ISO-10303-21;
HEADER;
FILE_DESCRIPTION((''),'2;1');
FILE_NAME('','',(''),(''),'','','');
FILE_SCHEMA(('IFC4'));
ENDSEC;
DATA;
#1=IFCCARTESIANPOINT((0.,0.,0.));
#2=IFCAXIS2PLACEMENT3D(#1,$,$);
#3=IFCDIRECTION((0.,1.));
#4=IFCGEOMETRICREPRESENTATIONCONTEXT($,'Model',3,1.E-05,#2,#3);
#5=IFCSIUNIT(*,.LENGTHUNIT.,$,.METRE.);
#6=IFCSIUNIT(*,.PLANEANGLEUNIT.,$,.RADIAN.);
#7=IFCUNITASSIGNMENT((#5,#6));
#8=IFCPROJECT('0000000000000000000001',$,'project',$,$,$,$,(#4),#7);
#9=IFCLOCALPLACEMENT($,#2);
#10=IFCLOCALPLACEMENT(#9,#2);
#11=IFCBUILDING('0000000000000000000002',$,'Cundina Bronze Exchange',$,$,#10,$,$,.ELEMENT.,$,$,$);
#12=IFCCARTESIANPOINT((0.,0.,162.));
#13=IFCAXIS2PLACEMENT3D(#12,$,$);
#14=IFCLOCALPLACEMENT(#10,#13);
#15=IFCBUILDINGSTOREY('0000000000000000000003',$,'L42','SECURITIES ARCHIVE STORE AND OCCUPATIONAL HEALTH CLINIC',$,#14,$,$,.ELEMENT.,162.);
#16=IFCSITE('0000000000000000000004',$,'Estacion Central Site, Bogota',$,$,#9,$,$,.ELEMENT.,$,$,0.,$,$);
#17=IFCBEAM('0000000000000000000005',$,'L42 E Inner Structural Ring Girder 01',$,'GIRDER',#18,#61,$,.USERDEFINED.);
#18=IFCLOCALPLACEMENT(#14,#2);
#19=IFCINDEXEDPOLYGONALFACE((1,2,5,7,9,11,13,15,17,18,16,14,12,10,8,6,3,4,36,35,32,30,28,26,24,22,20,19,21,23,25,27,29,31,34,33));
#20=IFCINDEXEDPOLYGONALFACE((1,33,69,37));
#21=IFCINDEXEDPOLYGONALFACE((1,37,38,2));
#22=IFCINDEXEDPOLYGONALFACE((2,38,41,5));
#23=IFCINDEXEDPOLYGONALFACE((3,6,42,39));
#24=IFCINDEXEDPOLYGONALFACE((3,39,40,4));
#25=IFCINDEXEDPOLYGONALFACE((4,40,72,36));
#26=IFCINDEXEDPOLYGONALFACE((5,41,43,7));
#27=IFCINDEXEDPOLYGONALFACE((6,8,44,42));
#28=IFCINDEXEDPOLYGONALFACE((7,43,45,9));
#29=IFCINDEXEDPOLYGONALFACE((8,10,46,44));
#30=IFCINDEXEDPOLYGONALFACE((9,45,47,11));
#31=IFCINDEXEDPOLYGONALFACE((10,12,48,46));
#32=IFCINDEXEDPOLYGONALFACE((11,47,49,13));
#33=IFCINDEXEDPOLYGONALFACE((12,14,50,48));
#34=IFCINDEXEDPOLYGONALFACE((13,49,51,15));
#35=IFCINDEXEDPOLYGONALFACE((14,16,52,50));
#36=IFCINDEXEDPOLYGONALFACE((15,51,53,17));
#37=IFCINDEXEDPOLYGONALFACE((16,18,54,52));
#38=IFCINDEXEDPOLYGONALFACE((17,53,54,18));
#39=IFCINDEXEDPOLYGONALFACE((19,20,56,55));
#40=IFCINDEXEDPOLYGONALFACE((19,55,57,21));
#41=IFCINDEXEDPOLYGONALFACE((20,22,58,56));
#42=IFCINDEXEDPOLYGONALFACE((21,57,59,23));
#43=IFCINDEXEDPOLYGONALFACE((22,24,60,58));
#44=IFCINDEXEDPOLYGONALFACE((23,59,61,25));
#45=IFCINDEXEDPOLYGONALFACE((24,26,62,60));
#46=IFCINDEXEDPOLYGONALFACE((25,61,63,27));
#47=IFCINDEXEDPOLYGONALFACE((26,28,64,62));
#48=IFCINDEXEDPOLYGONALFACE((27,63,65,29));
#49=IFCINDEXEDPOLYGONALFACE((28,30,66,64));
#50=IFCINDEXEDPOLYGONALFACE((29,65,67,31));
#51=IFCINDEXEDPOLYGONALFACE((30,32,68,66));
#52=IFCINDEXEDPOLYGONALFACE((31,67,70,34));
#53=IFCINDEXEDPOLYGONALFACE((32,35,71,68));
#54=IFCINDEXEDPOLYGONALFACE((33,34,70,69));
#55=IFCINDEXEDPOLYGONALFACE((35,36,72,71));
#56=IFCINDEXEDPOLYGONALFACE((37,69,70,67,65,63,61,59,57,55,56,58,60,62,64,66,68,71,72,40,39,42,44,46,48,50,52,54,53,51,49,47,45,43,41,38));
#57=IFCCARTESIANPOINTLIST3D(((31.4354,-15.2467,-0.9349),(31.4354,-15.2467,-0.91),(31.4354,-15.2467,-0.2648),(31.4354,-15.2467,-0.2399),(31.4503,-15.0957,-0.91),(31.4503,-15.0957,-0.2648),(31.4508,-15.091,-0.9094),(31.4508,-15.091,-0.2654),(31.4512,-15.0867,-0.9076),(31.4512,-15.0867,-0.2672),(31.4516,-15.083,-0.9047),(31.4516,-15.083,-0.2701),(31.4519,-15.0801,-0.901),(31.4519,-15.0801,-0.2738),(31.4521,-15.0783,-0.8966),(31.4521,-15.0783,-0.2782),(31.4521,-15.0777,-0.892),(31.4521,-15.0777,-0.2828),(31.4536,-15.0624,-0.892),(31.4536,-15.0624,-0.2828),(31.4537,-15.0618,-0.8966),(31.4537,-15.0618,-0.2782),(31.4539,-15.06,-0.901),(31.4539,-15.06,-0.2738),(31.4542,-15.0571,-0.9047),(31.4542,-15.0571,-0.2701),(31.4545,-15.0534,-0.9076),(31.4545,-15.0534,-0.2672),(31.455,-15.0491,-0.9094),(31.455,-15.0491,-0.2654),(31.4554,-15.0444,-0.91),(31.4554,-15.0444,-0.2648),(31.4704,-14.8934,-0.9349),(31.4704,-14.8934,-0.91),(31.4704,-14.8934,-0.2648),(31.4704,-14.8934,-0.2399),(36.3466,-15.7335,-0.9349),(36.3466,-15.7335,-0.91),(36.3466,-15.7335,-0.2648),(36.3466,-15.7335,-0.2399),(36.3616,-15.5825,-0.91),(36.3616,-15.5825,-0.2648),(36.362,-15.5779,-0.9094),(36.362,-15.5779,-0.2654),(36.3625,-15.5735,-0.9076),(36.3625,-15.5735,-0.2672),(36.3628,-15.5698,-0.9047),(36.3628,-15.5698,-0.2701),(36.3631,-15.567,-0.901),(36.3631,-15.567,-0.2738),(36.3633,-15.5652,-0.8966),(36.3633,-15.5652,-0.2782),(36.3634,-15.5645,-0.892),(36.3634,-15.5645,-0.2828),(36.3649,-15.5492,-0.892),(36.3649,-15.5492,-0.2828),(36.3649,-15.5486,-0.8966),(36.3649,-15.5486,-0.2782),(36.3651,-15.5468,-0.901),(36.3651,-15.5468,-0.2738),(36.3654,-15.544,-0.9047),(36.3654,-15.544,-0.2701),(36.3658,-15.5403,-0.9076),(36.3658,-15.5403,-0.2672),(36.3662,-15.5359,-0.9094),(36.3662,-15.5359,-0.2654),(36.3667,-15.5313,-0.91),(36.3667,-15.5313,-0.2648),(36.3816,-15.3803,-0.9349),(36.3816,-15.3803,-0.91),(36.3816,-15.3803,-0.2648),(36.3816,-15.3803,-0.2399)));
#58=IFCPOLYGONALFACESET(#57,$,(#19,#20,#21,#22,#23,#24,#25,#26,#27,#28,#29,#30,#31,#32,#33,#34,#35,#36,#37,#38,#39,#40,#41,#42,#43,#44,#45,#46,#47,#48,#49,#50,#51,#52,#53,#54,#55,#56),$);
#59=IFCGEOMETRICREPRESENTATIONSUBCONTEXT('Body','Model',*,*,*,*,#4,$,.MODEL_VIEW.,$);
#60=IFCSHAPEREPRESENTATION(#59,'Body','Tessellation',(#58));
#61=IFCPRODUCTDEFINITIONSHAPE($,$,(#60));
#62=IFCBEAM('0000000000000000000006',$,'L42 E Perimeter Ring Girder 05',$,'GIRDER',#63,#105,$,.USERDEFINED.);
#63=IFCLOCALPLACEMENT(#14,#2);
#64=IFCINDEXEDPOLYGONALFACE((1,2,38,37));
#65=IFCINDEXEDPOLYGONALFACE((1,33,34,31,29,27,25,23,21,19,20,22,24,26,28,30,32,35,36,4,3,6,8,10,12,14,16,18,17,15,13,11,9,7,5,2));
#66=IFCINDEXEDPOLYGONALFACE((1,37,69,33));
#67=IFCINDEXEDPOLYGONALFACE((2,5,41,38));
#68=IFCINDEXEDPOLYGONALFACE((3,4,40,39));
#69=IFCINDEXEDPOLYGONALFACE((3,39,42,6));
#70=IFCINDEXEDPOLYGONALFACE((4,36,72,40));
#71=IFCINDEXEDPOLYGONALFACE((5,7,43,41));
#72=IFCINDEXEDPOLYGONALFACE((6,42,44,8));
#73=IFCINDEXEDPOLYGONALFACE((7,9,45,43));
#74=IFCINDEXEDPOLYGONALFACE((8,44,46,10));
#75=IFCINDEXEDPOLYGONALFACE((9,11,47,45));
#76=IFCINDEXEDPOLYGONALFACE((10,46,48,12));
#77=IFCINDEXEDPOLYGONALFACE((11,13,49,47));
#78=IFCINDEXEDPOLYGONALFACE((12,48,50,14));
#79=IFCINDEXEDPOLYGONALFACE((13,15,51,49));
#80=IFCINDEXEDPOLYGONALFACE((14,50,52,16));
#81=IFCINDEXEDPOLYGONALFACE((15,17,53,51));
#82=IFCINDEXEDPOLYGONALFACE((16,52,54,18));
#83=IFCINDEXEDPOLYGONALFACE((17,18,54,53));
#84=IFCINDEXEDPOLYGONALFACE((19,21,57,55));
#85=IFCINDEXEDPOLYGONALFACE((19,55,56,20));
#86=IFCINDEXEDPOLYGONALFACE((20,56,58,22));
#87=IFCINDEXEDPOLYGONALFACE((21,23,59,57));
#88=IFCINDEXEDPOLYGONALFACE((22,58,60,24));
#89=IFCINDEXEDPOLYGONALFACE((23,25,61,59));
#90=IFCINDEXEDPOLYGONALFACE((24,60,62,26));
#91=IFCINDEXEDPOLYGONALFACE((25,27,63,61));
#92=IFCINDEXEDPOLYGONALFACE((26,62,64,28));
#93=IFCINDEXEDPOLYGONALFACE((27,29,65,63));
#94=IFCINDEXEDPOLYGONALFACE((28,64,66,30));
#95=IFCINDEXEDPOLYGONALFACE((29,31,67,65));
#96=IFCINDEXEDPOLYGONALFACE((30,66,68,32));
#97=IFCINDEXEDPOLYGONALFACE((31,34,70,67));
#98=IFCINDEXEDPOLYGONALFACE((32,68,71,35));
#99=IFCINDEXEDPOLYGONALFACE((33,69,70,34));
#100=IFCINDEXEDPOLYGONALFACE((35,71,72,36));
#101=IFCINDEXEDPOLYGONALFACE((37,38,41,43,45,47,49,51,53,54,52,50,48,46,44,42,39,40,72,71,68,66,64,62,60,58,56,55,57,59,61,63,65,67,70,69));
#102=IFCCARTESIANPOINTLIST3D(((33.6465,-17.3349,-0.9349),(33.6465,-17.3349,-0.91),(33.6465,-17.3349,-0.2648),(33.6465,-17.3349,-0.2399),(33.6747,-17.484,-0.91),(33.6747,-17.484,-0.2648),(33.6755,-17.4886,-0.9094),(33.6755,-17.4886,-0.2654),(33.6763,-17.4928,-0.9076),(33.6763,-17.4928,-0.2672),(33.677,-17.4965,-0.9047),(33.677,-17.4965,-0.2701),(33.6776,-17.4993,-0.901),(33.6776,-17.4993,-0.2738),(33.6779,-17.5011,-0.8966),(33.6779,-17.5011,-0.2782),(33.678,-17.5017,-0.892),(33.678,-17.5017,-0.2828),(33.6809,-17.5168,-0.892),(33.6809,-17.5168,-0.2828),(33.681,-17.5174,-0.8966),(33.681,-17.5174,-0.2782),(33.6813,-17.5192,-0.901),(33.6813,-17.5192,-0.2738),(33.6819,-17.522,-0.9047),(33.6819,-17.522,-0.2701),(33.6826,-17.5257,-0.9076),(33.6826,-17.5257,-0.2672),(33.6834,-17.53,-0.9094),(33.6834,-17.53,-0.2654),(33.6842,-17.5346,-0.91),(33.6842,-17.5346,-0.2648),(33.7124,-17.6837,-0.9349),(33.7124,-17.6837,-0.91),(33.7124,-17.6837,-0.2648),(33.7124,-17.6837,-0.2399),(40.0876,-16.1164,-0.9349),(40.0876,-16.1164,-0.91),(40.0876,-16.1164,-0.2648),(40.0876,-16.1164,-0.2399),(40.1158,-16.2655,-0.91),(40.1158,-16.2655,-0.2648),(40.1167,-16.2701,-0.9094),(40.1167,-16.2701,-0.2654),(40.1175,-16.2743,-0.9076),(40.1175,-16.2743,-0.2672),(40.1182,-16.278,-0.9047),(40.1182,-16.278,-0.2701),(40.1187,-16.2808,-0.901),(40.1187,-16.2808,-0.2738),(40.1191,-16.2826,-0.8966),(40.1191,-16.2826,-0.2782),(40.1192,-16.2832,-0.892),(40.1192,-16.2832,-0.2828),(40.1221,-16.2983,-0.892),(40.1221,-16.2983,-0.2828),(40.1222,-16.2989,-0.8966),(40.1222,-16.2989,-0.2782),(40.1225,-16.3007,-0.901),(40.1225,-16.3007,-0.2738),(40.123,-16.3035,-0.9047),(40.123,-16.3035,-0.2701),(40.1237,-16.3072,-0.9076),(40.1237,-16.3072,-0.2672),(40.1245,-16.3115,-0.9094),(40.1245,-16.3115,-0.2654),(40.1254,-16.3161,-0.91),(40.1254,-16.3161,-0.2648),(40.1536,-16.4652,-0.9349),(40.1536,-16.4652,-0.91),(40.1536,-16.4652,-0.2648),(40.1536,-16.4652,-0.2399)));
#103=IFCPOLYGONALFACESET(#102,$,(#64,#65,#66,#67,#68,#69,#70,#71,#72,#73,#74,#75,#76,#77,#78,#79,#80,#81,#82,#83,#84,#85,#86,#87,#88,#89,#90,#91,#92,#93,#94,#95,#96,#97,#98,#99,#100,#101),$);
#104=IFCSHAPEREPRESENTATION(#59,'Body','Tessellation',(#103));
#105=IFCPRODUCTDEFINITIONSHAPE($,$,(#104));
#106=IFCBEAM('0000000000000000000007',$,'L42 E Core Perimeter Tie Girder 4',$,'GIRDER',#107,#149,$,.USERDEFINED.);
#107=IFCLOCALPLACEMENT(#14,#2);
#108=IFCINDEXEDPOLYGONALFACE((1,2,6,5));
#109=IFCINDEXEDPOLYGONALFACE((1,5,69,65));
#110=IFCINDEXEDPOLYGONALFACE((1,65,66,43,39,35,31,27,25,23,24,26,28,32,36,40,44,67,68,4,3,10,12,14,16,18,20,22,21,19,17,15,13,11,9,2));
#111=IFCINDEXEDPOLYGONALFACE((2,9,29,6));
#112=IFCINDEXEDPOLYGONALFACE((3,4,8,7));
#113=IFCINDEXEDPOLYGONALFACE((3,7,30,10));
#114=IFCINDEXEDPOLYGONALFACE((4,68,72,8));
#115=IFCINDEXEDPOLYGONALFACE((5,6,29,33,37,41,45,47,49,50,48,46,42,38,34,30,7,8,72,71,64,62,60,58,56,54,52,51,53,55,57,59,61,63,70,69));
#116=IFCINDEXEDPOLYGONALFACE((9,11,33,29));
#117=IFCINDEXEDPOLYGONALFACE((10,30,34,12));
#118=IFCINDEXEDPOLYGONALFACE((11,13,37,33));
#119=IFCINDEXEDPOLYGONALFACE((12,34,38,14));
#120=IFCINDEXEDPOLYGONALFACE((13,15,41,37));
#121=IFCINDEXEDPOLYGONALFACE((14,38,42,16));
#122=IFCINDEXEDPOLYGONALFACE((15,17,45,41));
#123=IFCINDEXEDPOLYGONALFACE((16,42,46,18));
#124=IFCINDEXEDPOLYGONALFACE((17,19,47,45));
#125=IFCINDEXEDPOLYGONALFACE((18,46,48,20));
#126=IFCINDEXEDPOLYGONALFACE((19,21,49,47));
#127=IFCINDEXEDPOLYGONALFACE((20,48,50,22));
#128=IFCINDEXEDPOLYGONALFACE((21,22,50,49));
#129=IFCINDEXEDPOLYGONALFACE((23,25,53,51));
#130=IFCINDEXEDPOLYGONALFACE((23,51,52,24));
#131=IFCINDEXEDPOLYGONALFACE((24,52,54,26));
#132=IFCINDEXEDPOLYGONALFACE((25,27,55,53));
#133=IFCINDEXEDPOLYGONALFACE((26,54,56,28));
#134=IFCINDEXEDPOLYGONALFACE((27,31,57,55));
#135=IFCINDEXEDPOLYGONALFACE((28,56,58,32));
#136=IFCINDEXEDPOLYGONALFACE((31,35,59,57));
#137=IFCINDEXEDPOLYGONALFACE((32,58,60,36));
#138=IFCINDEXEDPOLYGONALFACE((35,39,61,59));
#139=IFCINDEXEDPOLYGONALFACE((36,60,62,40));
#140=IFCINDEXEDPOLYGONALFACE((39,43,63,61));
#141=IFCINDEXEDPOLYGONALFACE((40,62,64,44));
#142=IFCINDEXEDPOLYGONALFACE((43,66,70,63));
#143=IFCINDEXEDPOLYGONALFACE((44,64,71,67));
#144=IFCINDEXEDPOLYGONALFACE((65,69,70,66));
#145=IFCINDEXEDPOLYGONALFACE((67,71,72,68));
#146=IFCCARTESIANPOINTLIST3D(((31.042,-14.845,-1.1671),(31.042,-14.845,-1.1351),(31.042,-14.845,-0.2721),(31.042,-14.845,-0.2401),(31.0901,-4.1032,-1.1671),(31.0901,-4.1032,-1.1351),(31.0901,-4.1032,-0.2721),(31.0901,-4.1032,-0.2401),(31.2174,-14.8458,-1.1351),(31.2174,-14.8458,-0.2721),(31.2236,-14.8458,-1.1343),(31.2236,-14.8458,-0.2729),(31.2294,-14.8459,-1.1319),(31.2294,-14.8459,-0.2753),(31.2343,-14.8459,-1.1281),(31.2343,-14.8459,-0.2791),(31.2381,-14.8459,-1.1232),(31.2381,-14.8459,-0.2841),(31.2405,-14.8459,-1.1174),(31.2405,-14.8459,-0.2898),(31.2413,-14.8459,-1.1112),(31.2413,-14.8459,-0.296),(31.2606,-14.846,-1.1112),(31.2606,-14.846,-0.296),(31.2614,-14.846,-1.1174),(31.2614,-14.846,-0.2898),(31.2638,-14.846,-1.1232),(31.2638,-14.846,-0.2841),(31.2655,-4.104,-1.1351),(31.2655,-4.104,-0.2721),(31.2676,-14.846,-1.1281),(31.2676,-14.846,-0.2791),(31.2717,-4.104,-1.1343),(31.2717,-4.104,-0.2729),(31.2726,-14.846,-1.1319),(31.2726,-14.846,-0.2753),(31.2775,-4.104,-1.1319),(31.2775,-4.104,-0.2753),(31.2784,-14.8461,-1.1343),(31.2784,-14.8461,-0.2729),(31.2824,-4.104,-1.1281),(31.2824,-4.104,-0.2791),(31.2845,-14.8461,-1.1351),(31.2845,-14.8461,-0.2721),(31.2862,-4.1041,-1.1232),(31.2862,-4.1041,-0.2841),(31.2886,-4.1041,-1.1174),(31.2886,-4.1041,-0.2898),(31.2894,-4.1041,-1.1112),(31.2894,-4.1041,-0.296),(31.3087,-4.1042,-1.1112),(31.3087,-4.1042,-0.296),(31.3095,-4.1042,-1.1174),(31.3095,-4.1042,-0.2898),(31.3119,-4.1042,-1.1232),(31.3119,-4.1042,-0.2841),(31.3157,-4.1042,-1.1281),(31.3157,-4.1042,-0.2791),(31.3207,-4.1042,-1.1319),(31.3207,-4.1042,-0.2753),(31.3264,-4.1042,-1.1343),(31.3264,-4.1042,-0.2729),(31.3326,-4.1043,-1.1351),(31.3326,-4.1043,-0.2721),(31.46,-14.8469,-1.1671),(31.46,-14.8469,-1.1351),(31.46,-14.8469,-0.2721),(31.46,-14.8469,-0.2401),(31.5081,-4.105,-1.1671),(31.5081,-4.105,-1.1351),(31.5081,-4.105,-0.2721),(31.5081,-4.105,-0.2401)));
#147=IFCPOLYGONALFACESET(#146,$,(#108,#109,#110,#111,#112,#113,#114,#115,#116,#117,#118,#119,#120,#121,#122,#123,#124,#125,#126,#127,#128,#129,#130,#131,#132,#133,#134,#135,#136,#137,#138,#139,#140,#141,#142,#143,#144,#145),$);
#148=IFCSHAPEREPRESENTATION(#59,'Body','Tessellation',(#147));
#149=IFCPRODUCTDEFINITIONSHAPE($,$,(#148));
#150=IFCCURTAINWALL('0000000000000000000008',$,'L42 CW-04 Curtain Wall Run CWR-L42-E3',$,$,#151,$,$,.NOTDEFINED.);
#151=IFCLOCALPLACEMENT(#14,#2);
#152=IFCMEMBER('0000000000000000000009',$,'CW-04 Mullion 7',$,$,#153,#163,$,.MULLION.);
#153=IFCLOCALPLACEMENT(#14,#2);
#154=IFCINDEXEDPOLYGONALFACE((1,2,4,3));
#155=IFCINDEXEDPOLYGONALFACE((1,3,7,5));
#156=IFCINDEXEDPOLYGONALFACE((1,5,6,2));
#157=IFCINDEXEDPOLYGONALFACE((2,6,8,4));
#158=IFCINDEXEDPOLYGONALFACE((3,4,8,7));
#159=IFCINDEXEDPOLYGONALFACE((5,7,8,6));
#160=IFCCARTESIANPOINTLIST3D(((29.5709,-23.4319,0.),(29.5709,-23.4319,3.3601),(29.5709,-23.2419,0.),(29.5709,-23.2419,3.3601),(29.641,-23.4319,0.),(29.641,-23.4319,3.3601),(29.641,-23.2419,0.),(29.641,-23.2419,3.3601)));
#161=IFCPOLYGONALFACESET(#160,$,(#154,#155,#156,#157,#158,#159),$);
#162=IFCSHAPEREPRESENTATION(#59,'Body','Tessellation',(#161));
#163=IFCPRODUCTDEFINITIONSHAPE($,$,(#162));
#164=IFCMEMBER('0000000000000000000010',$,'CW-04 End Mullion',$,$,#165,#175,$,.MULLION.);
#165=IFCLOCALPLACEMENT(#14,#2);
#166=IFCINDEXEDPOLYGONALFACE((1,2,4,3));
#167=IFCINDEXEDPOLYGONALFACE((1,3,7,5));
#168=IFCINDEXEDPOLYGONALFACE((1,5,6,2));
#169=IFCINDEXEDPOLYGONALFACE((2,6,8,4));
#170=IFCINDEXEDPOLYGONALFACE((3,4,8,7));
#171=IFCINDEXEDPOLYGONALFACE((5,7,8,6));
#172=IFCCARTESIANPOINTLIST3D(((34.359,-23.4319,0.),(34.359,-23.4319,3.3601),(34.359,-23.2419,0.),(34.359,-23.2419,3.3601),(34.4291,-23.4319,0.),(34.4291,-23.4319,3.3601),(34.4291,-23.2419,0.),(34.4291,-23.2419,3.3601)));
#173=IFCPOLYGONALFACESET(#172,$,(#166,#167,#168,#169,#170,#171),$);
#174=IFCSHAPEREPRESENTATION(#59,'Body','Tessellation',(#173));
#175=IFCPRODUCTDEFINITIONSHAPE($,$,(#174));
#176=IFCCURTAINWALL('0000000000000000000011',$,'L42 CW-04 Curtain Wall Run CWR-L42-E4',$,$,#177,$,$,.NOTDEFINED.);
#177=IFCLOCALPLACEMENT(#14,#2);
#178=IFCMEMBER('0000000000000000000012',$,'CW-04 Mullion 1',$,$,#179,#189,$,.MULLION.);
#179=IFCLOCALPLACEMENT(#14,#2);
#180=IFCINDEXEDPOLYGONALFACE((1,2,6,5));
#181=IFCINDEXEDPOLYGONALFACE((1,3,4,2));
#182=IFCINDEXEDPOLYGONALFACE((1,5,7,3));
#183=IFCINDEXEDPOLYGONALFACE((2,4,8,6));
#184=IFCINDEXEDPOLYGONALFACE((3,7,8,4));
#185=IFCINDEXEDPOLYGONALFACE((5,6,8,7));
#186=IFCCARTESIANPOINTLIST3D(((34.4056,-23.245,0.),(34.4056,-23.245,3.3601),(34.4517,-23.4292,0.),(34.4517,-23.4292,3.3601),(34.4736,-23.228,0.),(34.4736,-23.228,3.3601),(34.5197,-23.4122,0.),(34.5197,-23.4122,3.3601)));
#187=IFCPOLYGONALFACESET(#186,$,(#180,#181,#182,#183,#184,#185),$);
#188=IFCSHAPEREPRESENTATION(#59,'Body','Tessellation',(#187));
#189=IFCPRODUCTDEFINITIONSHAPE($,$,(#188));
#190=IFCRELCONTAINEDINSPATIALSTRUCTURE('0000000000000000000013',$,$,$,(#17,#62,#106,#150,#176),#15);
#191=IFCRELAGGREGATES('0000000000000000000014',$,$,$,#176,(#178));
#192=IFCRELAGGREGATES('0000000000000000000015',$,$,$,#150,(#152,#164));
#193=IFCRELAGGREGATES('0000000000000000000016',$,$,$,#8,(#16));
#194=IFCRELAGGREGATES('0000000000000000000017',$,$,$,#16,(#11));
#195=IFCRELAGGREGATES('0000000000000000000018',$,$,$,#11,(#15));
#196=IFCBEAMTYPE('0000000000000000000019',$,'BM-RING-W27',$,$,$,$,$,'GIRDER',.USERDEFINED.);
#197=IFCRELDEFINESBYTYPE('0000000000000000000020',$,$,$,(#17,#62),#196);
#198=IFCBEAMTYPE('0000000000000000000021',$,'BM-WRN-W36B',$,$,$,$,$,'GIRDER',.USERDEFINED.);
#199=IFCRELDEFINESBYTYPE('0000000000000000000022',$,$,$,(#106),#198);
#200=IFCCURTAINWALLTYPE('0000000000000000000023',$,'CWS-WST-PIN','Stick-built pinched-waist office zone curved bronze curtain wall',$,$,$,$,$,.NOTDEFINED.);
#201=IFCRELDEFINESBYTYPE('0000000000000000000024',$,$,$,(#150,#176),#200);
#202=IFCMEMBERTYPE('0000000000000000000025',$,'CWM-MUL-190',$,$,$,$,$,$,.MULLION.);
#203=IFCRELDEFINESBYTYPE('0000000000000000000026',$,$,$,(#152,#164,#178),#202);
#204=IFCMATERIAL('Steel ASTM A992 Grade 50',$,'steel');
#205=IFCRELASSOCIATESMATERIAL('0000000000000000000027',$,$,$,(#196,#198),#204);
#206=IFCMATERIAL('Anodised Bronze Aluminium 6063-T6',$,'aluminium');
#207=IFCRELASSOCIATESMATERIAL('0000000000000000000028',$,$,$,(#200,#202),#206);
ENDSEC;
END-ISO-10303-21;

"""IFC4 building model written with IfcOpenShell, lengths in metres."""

from ifc_helpers import new_model, si_unit, direction, frame, origin, origin_2d, place, context, subcontext, project, spatial, rectangle, i_section, extrude, material, material_profile, profile_set, type_object, element, aggregate, save


model = new_model("IFC4")

# Units and contexts
model_context = context("Model", 3, precision=1e-05, world=origin(), true_north=direction((0.0, 1.0)))
body_context = subcontext(model_context, "Body", "Model", "MODEL_VIEW")
ifc_project = project(units=[si_unit("LENGTHUNIT", "METRE"), si_unit("PLANEANGLEUNIT", "RADIAN")], contexts=[model_context])

# Site, building, storey
site_placement = place(None, origin())
site = spatial("IfcSite", under=ifc_project, at=site_placement, Name="Estacion Central Site, Bogota", CompositionType="ELEMENT", RefElevation=0.0)
building_placement = place(site_placement, origin())
building = spatial("IfcBuilding", under=site, at=building_placement, Name="Cundina Bronze Exchange", CompositionType="ELEMENT")
storey_placement = place(building_placement, frame((0.0, 0.0, 162.0)))
storey = spatial("IfcBuildingStorey", under=building, at=storey_placement, Name="L42", Description="SECURITIES ARCHIVE STORE AND OCCUPATIONAL HEALTH CLINIC", CompositionType="ELEMENT", Elevation=162.0)

# Shared definitions
ifc_material_1 = material(Name="Steel ASTM A992 Grade 50", Category="steel")

# Beams
ifc_material_profile_1 = material_profile(ifc_material_1, i_section(OverallWidth=0.355, OverallDepth=0.6951, WebThickness=0.0154, FlangeThickness=0.0249, FilletRadius=0.0181, at=origin_2d()), Name="W27X146", Category="steel")
ifc_profile_set_1 = profile_set([ifc_material_profile_1], Name="Steel ASTM A992 Grade 50")
beam_type_1 = type_object("IfcBeamType", Name="BM-RING-W27", ElementType="GIRDER", PredefinedType="USERDEFINED", material=ifc_profile_set_1)
beam_1_placement = place(storey_placement, frame((31.4529, -15.0701, -0.5874), z_axis=(0.995123, -0.098642, 0.0), x_axis=(0.098642, 0.995123, 0.0)))
element("IfcBeam", 1, at=beam_1_placement, inside=storey, type_object=beam_type_1, Name="L42 E Inner Structural Ring Girder 01", ObjectType="GIRDER", PredefinedType="USERDEFINED", context=body_context, shape_type="SweptSolid", body=[
    extrude(i_section(OverallWidth=0.355, OverallDepth=0.6951, WebThickness=0.0154, FlangeThickness=0.0249, FilletRadius=0.0181, at=origin_2d()), origin(), (0.0, 0.0, 1.0), 4.9353),
])
beam_2_placement = place(storey_placement, frame((33.6794, -17.5093, -0.5874), z_axis=(0.982573, 0.185878, 0.0), x_axis=(-0.185878, 0.982573, 0.0)))
element("IfcBeam", 2, at=beam_2_placement, inside=storey, type_object=beam_type_1, Name="L42 E Perimeter Ring Girder 05", ObjectType="GIRDER", PredefinedType="USERDEFINED", context=body_context, shape_type="SweptSolid", body=[
    extrude(i_section(OverallWidth=0.355, OverallDepth=0.6951, WebThickness=0.0154, FlangeThickness=0.0249, FilletRadius=0.0181, at=origin_2d()), origin(), (0.0, 0.0, 1.0), 6.5554),
])
ifc_material_profile_2 = material_profile(ifc_material_1, i_section(OverallWidth=0.418, OverallDepth=0.927, WebThickness=0.0193, FlangeThickness=0.032, FilletRadius=0.0239, at=origin_2d()), Name="W36X231", Category="steel")
ifc_profile_set_2 = profile_set([ifc_material_profile_2], Name="Steel ASTM A992 Grade 50")
beam_type_2 = type_object("IfcBeamType", Name="BM-WRN-W36B", ElementType="GIRDER", PredefinedType="USERDEFINED", material=ifc_profile_set_2)
beam_3_placement = place(storey_placement, frame((31.251, -14.8459, -0.7036), z_axis=(0.004477, 0.99999, 0.0), x_axis=(-0.99999, 0.004477, 0.0)))
element("IfcBeam", 3, at=beam_3_placement, inside=storey, type_object=beam_type_2, Name="L42 E Core Perimeter Tie Girder 4", ObjectType="GIRDER", PredefinedType="USERDEFINED", context=body_context, shape_type="SweptSolid", body=[
    extrude(i_section(OverallWidth=0.418, OverallDepth=0.927, WebThickness=0.0193, FlangeThickness=0.032, FilletRadius=0.0239, at=origin_2d()), origin(), (0.0, 0.0, 1.0), 10.7419),
])

# Curtain wall, members
ifc_material_2 = material(Name="Anodised Bronze Aluminium 6063-T6", Category="aluminium")
curtain_wall_type = type_object("IfcCurtainWallType", Name="CWS-WST-PIN", Description="Stick-built pinched-waist office zone curved bronze curtain wall", PredefinedType="NOTDEFINED", material=ifc_material_2)
curtain_wall_1_placement = place(storey_placement, origin())
curtain_wall_1 = element("IfcCurtainWall", 4, at=curtain_wall_1_placement, inside=storey, type_object=curtain_wall_type, Name="L42 CW-04 Curtain Wall Run CWR-L42-E3", PredefinedType="NOTDEFINED")
ifc_material_profile_3 = material_profile(ifc_material_2, rectangle(XDim=0.0701, YDim=0.1899, at=origin_2d()), Name="AL70X190", Category="aluminium")
ifc_profile_set_3 = profile_set([ifc_material_profile_3], Name="Anodised Bronze Aluminium 6063-T6")
member_type_1 = type_object("IfcMemberType", Name="CWM-MUL-190", PredefinedType="MULLION", material=ifc_profile_set_3)
member_1_placement = place(storey_placement, frame((29.606, -23.3369, 0.0), z_axis=(0.0, 0.0, 1.0), x_axis=(1.0, 0.0, 0.0)))
member_1 = element("IfcMember", 5, at=member_1_placement, type_object=member_type_1, Name="CW-04 Mullion 7", PredefinedType="MULLION", context=body_context, shape_type="SweptSolid", body=[
    extrude(rectangle(XDim=0.0701, YDim=0.1899, at=origin_2d()), origin(), (0.0, 0.0, 1.0), 3.3601),
])
member_2_placement = place(storey_placement, frame((34.394, -23.3369, 0.0), z_axis=(0.0, 0.0, 1.0), x_axis=(1.0, 0.0, 0.0)))
member_2 = element("IfcMember", 6, at=member_2_placement, type_object=member_type_1, Name="CW-04 End Mullion", PredefinedType="MULLION", context=body_context, shape_type="SweptSolid", body=[
    extrude(rectangle(XDim=0.0701, YDim=0.1899, at=origin_2d()), origin(), (0.0, 0.0, 1.0), 3.3601),
])

# Curtain wall, member
curtain_wall_2_placement = place(storey_placement, origin())
curtain_wall_2 = element("IfcCurtainWall", 7, at=curtain_wall_2_placement, inside=storey, type_object=curtain_wall_type, Name="L42 CW-04 Curtain Wall Run CWR-L42-E4", PredefinedType="NOTDEFINED")
member_3_placement = place(storey_placement, frame((34.4626, -23.3286, 0.0), z_axis=(0.0, 0.0, 1.0), x_axis=(0.970084, 0.242769, 0.0)))
member_3 = element("IfcMember", 8, at=member_3_placement, type_object=member_type_1, Name="CW-04 Mullion 1", PredefinedType="MULLION", context=body_context, shape_type="SweptSolid", body=[
    extrude(rectangle(XDim=0.0701, YDim=0.1899, at=origin_2d()), origin(), (0.0, 0.0, 1.0), 3.3601),
])

aggregate(curtain_wall_2, [member_3])

aggregate(curtain_wall_1, [member_1, member_2])

save(model, "model.ifc")
